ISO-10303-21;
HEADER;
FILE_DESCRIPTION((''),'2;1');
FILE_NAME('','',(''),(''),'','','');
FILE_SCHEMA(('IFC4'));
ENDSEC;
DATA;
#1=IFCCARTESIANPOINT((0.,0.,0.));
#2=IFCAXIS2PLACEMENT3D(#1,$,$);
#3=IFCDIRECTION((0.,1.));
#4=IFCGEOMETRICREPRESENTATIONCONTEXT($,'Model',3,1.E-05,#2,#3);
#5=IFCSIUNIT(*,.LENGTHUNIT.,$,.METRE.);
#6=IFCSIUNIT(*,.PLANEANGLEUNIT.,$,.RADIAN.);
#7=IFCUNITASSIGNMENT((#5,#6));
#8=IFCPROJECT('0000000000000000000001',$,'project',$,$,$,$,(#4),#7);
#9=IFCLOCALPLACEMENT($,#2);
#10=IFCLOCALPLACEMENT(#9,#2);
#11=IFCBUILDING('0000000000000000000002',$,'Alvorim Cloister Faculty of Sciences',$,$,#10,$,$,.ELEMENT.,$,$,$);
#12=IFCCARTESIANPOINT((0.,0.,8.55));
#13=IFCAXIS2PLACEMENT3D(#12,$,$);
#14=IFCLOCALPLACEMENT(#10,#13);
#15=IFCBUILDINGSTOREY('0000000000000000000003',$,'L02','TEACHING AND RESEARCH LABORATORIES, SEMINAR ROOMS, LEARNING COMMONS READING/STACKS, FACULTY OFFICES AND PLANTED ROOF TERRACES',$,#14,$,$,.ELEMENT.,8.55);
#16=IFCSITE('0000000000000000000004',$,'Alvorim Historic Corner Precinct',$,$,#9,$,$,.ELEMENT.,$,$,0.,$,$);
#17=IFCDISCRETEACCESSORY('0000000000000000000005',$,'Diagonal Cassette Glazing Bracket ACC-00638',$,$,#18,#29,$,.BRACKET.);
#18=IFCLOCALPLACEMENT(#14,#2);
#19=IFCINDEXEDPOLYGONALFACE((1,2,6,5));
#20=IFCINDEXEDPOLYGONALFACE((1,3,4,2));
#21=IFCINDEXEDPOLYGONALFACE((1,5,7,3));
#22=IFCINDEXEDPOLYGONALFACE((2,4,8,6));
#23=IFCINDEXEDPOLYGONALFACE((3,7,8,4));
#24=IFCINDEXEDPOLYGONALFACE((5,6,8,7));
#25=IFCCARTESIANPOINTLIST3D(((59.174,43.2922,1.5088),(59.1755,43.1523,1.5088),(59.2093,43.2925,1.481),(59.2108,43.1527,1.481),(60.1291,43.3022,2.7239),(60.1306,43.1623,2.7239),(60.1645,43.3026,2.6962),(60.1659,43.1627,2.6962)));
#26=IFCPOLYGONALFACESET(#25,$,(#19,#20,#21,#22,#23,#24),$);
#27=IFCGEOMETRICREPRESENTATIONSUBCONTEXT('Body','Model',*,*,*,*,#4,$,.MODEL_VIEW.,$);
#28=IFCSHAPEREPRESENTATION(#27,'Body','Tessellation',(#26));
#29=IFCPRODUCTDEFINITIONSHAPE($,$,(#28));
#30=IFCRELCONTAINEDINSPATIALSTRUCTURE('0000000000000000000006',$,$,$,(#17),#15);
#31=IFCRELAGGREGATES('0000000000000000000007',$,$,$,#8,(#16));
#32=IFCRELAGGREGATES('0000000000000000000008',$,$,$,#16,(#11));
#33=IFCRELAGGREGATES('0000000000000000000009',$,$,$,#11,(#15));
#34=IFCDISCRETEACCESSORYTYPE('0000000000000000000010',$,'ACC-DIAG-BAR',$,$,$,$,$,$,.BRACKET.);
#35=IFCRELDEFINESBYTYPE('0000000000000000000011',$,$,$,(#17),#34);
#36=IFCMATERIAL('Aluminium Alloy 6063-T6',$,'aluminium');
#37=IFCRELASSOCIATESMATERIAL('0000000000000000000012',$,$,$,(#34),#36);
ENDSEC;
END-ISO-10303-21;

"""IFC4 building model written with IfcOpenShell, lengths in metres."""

from ifc_helpers import new_model, si_unit, direction, frame, origin, origin_2d, place, context, subcontext, project, spatial, rectangle, extrude, material, type_object, element, save


model = new_model("IFC4")

# Units and contexts
model_context = context("Model", 3, precision=1e-05, world=origin(), true_north=direction((0.0, 1.0)))
body_context = subcontext(model_context, "Body", "Model", "MODEL_VIEW")
ifc_project = project(units=[si_unit("LENGTHUNIT", "METRE"), si_unit("PLANEANGLEUNIT", "RADIAN")], contexts=[model_context])

# Site, building, storey
site_placement = place(None, origin())
site = spatial("IfcSite", under=ifc_project, at=site_placement, Name="Alvorim Historic Corner Precinct", CompositionType="ELEMENT", RefElevation=0.0)
building_placement = place(site_placement, origin())
building = spatial("IfcBuilding", under=site, at=building_placement, Name="Alvorim Cloister Faculty of Sciences", CompositionType="ELEMENT")
storey_placement = place(building_placement, frame((0.0, 0.0, 8.55)))
storey = spatial("IfcBuildingStorey", under=building, at=storey_placement, Name="L02", Description="TEACHING AND RESEARCH LABORATORIES, SEMINAR ROOMS, LEARNING COMMONS READING/STACKS, FACULTY OFFICES AND PLANTED ROOF TERRACES", CompositionType="ELEMENT", Elevation=8.55)

# Shared definitions
ifc_material_1 = material(Name="Aluminium Alloy 6063-T6", Category="aluminium")

# Discrete accessory
discrete_accessory_type = type_object("IfcDiscreteAccessoryType", Name="ACC-DIAG-BAR", PredefinedType="BRACKET", material=ifc_material_1)
for number, where, z_axis, x_axis, name in (
    (1, (59.1924, 43.2224, 1.4949), (0.617955, 0.006477, 0.786187), (-0.01048, 0.999945, 0.0), "Diagonal Cassette Glazing Bracket ACC-00638"),
):
    element("IfcDiscreteAccessory", number, at=place(storey_placement, frame(where, z_axis=z_axis, x_axis=x_axis)), inside=storey, type_object=discrete_accessory_type, Name=name, PredefinedType="BRACKET", context=body_context, shape_type="SweptSolid", body=[
        extrude(rectangle(XDim=0.1399, YDim=0.0449, at=origin_2d()), origin(), (0.0, 0.0, 1.0), 1.5457),
    ])

save(model, "model.ifc")
